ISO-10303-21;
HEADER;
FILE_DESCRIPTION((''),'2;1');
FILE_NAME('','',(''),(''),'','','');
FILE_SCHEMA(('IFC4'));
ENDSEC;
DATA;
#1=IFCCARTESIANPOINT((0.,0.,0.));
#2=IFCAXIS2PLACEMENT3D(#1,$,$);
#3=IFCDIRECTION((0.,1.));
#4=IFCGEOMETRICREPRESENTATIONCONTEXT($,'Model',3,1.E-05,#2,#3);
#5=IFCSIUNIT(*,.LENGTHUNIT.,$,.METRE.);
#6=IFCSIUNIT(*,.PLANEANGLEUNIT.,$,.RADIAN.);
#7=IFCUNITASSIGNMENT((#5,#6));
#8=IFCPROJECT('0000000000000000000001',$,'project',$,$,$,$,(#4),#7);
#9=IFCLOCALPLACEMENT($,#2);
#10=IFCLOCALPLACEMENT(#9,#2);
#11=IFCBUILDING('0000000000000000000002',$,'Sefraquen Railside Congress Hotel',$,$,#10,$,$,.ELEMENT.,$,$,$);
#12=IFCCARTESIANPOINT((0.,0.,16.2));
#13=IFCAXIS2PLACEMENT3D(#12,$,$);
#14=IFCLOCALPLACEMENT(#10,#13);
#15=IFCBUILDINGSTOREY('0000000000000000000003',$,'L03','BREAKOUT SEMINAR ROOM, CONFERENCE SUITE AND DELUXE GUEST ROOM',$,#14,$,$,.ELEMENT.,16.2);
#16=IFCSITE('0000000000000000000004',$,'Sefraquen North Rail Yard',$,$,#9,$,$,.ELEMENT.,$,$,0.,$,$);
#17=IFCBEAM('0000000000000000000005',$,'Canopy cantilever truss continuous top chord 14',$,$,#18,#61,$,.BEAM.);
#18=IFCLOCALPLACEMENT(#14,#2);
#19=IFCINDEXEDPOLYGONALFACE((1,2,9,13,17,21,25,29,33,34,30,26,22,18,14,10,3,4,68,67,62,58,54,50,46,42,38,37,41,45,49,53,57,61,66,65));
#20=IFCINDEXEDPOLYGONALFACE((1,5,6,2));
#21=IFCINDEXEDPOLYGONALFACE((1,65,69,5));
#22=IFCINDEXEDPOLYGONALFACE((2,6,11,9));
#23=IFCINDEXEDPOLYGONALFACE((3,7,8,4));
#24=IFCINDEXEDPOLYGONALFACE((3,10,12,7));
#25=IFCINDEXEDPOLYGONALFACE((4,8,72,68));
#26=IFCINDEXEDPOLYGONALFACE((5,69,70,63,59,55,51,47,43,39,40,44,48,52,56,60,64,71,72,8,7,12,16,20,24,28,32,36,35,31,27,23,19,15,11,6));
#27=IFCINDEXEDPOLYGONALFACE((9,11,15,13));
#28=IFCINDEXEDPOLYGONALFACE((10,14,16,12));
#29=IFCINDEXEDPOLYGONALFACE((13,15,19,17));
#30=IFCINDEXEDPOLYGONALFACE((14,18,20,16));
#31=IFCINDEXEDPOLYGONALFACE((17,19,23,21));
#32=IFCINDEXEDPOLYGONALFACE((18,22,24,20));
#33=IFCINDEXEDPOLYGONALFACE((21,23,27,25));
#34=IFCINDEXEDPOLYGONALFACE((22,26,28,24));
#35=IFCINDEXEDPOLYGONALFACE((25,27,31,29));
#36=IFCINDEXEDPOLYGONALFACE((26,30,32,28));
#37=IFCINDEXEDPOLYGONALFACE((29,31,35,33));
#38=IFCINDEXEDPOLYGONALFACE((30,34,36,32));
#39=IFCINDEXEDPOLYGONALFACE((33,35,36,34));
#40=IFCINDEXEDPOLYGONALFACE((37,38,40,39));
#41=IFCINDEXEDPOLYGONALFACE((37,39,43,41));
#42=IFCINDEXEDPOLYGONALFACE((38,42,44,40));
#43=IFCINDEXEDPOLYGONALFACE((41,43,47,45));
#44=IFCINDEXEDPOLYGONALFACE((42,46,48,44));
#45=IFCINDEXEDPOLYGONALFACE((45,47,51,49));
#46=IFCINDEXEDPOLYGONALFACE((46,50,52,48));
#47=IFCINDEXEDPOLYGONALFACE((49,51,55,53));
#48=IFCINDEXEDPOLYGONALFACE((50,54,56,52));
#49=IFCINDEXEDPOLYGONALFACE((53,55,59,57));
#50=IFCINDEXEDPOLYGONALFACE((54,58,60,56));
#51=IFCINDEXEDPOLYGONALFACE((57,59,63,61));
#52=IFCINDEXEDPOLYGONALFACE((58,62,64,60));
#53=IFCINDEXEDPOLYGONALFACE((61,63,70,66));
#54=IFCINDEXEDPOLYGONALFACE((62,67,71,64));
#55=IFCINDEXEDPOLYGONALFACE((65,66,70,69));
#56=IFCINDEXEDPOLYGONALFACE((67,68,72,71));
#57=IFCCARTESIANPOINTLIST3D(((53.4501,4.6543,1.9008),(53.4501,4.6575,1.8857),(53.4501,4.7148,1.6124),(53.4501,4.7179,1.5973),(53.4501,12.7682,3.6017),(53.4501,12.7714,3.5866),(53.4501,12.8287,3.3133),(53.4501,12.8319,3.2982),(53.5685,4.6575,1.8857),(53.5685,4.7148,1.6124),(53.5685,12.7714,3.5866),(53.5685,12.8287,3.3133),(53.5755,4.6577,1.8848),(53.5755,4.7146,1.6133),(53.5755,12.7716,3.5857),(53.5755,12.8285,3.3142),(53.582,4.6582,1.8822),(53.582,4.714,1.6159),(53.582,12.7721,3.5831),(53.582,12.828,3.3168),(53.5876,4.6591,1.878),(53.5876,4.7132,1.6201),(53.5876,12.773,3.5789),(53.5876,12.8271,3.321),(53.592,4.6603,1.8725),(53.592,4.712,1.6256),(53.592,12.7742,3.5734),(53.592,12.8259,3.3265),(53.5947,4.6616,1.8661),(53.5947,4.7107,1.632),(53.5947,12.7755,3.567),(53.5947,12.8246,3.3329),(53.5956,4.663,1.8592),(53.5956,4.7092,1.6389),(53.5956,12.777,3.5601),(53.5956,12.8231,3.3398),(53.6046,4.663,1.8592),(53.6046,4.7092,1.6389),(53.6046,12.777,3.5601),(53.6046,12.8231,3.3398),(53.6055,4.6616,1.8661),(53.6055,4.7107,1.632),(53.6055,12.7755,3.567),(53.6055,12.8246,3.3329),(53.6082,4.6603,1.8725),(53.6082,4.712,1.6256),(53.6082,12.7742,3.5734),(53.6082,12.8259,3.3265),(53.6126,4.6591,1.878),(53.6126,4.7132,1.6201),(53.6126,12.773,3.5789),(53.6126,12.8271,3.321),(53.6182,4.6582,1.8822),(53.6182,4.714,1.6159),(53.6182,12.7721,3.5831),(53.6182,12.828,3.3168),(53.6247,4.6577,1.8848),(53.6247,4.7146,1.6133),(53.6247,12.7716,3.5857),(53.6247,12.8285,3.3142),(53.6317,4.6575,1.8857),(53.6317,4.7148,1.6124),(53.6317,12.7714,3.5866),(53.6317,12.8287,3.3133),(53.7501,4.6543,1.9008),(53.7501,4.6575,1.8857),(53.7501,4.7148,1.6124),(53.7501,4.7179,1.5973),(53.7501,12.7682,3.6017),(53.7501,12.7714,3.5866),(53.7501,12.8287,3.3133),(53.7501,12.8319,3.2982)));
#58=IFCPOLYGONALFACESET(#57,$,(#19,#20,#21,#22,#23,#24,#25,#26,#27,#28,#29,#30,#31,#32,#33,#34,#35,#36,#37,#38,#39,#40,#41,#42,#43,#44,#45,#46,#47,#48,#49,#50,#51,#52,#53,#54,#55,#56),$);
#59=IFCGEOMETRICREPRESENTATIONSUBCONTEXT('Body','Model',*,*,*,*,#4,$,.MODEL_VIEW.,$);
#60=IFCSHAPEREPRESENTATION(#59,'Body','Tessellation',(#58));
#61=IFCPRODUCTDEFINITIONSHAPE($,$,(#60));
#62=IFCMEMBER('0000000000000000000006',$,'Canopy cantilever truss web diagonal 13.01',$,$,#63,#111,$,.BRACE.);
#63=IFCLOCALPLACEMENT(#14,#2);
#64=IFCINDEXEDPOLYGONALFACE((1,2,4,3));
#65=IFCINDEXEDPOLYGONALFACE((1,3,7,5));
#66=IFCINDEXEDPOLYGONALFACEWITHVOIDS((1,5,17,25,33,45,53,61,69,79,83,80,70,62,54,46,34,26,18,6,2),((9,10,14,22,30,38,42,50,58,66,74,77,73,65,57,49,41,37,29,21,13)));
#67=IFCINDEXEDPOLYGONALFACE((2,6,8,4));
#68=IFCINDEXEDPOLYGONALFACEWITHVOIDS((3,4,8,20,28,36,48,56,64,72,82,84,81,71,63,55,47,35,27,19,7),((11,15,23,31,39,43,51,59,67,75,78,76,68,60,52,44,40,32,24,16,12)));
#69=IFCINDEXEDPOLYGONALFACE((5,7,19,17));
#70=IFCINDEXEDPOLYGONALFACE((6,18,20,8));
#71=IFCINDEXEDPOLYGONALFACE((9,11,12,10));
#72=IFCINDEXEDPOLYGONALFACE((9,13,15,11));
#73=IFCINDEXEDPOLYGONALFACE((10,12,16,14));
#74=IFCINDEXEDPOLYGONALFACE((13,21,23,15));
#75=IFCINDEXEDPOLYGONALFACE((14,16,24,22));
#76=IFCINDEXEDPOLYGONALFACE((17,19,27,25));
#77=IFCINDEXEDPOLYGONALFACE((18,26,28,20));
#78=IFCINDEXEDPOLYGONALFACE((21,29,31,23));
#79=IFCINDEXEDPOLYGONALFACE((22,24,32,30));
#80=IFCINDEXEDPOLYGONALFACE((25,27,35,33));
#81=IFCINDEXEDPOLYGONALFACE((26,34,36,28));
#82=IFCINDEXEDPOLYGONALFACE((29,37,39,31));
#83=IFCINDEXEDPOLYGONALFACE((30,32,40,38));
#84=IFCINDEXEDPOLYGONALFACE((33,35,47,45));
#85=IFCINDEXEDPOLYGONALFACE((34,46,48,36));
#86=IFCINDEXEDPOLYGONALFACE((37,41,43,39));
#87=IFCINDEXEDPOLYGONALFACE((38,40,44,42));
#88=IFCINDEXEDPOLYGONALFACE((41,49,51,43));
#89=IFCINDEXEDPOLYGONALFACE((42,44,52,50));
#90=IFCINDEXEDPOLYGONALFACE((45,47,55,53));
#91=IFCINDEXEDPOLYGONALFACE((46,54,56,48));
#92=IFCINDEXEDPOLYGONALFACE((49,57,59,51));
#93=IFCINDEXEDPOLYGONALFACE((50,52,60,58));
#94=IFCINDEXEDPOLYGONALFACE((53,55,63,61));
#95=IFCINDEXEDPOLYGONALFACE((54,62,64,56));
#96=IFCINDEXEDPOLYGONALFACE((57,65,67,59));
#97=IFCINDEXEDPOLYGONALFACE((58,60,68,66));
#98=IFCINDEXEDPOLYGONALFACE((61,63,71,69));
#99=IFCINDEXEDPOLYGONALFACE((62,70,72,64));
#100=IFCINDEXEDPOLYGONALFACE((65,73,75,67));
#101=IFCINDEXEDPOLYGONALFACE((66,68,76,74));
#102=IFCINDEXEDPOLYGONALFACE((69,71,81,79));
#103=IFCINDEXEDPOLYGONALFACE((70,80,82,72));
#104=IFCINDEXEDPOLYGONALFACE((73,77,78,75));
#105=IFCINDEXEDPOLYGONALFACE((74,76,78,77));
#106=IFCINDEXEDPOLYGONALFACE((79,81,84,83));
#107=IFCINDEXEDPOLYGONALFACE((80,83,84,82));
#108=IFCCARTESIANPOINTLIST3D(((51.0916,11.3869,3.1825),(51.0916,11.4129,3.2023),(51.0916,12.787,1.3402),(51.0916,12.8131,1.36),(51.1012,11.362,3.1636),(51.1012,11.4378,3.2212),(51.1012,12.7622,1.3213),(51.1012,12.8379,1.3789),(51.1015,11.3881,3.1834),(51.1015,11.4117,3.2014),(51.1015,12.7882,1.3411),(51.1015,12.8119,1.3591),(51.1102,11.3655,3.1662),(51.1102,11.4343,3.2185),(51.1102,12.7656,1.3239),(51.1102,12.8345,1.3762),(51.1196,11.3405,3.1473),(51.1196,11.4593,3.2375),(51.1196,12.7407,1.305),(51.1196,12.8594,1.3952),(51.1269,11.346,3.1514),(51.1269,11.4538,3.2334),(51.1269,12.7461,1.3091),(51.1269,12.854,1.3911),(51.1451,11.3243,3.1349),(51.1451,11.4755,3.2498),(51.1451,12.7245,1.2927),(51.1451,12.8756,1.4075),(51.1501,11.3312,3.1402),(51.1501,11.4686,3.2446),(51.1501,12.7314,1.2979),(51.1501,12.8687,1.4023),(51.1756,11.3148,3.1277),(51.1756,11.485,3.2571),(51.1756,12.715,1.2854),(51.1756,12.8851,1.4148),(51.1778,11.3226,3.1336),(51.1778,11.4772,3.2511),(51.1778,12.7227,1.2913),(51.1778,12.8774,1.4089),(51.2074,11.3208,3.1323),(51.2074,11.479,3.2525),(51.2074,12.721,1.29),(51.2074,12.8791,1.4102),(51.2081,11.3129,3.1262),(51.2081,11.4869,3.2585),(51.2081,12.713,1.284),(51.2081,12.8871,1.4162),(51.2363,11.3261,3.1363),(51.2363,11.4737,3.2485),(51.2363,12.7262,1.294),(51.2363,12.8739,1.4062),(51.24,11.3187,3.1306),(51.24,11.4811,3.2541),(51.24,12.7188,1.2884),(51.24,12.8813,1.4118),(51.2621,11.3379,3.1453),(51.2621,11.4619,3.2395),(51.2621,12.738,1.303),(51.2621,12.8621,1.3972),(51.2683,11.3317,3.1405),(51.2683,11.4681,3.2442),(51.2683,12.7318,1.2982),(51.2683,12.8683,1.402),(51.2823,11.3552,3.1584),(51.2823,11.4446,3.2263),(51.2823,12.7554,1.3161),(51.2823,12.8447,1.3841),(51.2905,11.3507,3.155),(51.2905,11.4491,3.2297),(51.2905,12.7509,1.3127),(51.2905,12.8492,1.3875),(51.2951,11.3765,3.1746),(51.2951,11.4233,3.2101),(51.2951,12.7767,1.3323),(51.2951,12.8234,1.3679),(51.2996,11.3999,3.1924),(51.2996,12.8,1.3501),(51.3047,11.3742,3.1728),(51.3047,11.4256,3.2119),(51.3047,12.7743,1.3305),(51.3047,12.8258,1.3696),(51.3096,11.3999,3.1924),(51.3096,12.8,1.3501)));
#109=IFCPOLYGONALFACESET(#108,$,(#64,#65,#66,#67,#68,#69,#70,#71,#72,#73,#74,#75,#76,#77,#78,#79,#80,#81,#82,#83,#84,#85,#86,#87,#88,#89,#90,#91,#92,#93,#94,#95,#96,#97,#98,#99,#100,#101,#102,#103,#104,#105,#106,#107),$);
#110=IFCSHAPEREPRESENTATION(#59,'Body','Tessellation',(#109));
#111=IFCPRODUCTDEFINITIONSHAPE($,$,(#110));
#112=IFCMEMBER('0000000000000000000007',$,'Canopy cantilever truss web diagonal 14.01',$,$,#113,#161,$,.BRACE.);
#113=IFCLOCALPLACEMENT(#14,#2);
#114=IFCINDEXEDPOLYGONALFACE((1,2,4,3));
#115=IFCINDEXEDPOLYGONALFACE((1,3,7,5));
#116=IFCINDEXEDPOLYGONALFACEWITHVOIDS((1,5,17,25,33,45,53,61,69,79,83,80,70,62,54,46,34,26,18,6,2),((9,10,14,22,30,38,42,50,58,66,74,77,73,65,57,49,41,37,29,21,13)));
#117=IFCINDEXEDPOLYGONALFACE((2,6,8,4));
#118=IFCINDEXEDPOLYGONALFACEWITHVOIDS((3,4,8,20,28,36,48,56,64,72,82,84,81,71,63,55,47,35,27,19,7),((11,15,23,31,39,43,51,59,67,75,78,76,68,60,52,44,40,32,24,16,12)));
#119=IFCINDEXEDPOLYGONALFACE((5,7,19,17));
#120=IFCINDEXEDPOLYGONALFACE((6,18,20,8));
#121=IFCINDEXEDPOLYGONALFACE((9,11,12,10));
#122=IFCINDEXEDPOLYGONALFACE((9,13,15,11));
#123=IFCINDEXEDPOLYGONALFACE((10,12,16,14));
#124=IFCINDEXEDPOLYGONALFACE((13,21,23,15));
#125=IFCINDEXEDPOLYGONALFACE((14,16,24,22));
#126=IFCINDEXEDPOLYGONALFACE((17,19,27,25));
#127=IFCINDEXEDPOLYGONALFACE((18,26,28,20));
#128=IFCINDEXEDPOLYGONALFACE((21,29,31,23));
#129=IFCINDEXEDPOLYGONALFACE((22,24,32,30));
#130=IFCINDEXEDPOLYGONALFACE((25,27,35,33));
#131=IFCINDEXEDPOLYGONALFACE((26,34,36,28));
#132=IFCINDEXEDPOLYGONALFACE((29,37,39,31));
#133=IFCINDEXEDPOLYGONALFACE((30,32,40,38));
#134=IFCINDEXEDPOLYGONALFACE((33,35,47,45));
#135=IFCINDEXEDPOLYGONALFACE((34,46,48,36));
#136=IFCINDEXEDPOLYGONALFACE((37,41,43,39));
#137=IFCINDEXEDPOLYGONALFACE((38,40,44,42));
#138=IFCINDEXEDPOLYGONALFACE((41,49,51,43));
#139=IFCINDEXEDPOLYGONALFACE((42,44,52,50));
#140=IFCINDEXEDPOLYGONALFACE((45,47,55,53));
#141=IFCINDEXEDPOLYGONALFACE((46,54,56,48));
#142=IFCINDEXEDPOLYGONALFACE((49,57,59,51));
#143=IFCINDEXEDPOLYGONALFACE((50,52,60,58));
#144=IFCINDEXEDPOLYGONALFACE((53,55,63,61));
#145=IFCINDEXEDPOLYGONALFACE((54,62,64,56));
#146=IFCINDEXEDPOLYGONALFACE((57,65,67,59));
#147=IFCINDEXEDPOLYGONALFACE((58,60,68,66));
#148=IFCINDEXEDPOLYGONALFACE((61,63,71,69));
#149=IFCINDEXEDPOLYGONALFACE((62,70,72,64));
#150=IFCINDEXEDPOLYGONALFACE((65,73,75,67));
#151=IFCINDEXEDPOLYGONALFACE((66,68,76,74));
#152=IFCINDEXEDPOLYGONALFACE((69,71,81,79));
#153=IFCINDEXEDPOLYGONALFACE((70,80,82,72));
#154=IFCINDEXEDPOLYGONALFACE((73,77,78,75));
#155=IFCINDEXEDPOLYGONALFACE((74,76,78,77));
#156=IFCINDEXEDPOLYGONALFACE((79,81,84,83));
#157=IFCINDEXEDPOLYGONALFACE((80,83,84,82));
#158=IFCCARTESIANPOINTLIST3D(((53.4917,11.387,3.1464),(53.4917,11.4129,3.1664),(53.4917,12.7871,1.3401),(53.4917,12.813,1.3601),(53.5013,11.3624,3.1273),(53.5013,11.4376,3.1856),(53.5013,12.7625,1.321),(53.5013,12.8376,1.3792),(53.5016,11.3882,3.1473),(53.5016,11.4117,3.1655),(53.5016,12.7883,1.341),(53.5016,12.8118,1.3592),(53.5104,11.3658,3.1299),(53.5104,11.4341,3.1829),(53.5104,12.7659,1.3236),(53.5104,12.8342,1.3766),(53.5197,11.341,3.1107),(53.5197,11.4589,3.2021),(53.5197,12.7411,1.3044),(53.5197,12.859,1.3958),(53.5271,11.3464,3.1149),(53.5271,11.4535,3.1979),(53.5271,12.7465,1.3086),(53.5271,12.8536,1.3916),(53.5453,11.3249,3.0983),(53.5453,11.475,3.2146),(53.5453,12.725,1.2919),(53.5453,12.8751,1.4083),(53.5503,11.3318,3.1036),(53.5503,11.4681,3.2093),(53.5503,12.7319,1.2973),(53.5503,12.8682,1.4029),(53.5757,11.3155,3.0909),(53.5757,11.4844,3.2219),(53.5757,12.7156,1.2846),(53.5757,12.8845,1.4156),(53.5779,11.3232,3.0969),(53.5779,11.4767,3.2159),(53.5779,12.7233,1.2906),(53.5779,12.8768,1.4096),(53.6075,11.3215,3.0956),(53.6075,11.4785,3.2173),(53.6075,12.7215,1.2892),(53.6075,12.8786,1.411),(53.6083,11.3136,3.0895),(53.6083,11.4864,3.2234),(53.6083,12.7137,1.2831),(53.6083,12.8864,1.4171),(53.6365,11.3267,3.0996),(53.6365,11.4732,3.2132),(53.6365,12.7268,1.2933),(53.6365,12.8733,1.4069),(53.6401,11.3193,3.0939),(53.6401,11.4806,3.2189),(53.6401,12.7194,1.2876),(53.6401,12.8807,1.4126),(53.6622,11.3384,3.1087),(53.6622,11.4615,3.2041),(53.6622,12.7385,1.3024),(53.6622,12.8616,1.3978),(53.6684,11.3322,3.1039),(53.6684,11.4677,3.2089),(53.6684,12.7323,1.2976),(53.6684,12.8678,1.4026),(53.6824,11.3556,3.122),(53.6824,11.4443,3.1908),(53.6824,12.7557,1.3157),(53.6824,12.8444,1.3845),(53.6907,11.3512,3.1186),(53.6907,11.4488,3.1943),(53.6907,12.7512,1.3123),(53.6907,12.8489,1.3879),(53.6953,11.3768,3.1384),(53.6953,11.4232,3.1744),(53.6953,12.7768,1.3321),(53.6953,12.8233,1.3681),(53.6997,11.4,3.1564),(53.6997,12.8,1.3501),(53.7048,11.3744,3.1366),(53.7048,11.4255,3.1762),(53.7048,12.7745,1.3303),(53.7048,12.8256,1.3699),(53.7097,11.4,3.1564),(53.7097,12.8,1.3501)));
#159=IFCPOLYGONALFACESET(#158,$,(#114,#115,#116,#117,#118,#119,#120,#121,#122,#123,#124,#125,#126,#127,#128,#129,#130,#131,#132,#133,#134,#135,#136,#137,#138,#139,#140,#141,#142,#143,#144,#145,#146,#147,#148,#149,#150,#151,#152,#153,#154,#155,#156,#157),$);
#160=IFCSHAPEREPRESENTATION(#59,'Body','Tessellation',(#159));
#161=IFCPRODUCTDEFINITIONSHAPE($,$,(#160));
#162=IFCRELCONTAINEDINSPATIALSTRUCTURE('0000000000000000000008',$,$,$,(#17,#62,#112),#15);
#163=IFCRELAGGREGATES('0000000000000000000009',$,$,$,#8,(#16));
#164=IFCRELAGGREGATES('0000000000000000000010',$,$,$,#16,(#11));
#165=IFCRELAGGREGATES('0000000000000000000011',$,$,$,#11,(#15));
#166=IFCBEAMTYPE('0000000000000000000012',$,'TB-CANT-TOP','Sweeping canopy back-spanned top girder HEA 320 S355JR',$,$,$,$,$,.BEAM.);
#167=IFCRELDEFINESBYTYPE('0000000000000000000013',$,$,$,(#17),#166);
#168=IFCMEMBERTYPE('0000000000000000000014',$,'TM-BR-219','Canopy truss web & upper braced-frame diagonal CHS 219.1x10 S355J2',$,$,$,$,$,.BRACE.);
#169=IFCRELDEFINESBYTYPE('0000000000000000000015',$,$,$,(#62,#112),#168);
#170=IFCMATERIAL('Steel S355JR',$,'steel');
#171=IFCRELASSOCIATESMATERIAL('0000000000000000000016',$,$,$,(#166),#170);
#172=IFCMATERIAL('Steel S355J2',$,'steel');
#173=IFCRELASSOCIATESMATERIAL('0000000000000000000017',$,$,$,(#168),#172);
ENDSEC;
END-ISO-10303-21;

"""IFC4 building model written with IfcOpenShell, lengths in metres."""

from ifc_helpers import new_model, si_unit, direction, frame, origin, origin_2d, place, context, subcontext, project, spatial, hollow_circle, i_section, extrude, material, material_profile, profile_set, type_object, element, save


model = new_model("IFC4")

# Units and contexts
model_context = context("Model", 3, precision=1e-05, world=origin(), true_north=direction((0.0, 1.0)))
body_context = subcontext(model_context, "Body", "Model", "MODEL_VIEW")
ifc_project = project(units=[si_unit("LENGTHUNIT", "METRE"), si_unit("PLANEANGLEUNIT", "RADIAN")], contexts=[model_context])

# Site, building, storey
site_placement = place(None, origin())
site = spatial("IfcSite", under=ifc_project, at=site_placement, Name="Sefraquen North Rail Yard", CompositionType="ELEMENT", RefElevation=0.0)
building_placement = place(site_placement, origin())
building = spatial("IfcBuilding", under=site, at=building_placement, Name="Sefraquen Railside Congress Hotel", CompositionType="ELEMENT")
storey_placement = place(building_placement, frame((0.0, 0.0, 16.2)))
storey = spatial("IfcBuildingStorey", under=building, at=storey_placement, Name="L03", Description="BREAKOUT SEMINAR ROOM, CONFERENCE SUITE AND DELUXE GUEST ROOM", CompositionType="ELEMENT", Elevation=16.2)

# Shared definitions
ifc_material_1 = material(Name="Steel S355JR", Category="steel")

# Beam
ifc_material_2 = material(Name="Steel S355J2", Category="steel")
ifc_material_profile_1 = material_profile(ifc_material_1, i_section(OverallWidth=0.3, OverallDepth=0.3101, WebThickness=0.009, FlangeThickness=0.0154, FilletRadius=0.0271, at=origin_2d()), Name="HEA 320")
ifc_profile_set_1 = profile_set([ifc_material_profile_1], Name="Steel S355JR")
beam_type_1 = type_object("IfcBeamType", Name="TB-CANT-TOP", Description="Sweeping canopy back-spanned top girder HEA 320 S355JR", PredefinedType="BEAM", material=ifc_profile_set_1)
beam_1_placement = place(storey_placement, frame((53.6001, 12.8, 3.45), z_axis=(0.0, -0.978727, -0.205169), x_axis=(1.0, 0.0, 0.0)))
element("IfcBeam", 1, at=beam_1_placement, inside=storey, type_object=beam_type_1, Name="Canopy cantilever truss continuous top chord 14", PredefinedType="BEAM", context=body_context, shape_type="SweptSolid", body=[
    extrude(i_section(OverallWidth=0.3, OverallDepth=0.3101, WebThickness=0.009, FlangeThickness=0.0154, FilletRadius=0.0271, at=origin_2d()), origin(), (0.0, 0.0, 1.0), 8.2903),
])

# Members
ifc_material_profile_2 = material_profile(ifc_material_2, hollow_circle(Radius=0.1096, WallThickness=0.01, at=origin_2d()), Name="CHS 219.1x10")
ifc_profile_set_2 = profile_set([ifc_material_profile_2], Name="Steel S355J2")
member_type_1 = type_object("IfcMemberType", Name="TM-BR-219", Description="Canopy truss web & upper braced-frame diagonal CHS 219.1x10 S355J2", PredefinedType="BRACE", material=ifc_profile_set_2)
member_1_placement = place(storey_placement, frame((51.2, 12.8, 1.3501), z_axis=(0.0, -0.605086, 0.79616), x_axis=(1.0, 0.0, 0.0)))
element("IfcMember", 2, at=member_1_placement, inside=storey, type_object=member_type_1, Name="Canopy cantilever truss web diagonal 13.01", PredefinedType="BRACE", context=body_context, shape_type="SweptSolid", body=[
    extrude(hollow_circle(Radius=0.1096, WallThickness=0.01, at=origin_2d()), origin(), (0.0, 0.0, 1.0), 2.314),
])
member_2_placement = place(storey_placement, frame((53.6001, 12.8, 1.3501), z_axis=(0.0, -0.612623, 0.790375), x_axis=(1.0, 0.0, 0.0)))
element("IfcMember", 3, at=member_2_placement, inside=storey, type_object=member_type_1, Name="Canopy cantilever truss web diagonal 14.01", PredefinedType="BRACE", context=body_context, shape_type="SweptSolid", body=[
    extrude(hollow_circle(Radius=0.1096, WallThickness=0.01, at=origin_2d()), origin(), (0.0, 0.0, 1.0), 2.2854),
])

save(model, "model.ifc")
